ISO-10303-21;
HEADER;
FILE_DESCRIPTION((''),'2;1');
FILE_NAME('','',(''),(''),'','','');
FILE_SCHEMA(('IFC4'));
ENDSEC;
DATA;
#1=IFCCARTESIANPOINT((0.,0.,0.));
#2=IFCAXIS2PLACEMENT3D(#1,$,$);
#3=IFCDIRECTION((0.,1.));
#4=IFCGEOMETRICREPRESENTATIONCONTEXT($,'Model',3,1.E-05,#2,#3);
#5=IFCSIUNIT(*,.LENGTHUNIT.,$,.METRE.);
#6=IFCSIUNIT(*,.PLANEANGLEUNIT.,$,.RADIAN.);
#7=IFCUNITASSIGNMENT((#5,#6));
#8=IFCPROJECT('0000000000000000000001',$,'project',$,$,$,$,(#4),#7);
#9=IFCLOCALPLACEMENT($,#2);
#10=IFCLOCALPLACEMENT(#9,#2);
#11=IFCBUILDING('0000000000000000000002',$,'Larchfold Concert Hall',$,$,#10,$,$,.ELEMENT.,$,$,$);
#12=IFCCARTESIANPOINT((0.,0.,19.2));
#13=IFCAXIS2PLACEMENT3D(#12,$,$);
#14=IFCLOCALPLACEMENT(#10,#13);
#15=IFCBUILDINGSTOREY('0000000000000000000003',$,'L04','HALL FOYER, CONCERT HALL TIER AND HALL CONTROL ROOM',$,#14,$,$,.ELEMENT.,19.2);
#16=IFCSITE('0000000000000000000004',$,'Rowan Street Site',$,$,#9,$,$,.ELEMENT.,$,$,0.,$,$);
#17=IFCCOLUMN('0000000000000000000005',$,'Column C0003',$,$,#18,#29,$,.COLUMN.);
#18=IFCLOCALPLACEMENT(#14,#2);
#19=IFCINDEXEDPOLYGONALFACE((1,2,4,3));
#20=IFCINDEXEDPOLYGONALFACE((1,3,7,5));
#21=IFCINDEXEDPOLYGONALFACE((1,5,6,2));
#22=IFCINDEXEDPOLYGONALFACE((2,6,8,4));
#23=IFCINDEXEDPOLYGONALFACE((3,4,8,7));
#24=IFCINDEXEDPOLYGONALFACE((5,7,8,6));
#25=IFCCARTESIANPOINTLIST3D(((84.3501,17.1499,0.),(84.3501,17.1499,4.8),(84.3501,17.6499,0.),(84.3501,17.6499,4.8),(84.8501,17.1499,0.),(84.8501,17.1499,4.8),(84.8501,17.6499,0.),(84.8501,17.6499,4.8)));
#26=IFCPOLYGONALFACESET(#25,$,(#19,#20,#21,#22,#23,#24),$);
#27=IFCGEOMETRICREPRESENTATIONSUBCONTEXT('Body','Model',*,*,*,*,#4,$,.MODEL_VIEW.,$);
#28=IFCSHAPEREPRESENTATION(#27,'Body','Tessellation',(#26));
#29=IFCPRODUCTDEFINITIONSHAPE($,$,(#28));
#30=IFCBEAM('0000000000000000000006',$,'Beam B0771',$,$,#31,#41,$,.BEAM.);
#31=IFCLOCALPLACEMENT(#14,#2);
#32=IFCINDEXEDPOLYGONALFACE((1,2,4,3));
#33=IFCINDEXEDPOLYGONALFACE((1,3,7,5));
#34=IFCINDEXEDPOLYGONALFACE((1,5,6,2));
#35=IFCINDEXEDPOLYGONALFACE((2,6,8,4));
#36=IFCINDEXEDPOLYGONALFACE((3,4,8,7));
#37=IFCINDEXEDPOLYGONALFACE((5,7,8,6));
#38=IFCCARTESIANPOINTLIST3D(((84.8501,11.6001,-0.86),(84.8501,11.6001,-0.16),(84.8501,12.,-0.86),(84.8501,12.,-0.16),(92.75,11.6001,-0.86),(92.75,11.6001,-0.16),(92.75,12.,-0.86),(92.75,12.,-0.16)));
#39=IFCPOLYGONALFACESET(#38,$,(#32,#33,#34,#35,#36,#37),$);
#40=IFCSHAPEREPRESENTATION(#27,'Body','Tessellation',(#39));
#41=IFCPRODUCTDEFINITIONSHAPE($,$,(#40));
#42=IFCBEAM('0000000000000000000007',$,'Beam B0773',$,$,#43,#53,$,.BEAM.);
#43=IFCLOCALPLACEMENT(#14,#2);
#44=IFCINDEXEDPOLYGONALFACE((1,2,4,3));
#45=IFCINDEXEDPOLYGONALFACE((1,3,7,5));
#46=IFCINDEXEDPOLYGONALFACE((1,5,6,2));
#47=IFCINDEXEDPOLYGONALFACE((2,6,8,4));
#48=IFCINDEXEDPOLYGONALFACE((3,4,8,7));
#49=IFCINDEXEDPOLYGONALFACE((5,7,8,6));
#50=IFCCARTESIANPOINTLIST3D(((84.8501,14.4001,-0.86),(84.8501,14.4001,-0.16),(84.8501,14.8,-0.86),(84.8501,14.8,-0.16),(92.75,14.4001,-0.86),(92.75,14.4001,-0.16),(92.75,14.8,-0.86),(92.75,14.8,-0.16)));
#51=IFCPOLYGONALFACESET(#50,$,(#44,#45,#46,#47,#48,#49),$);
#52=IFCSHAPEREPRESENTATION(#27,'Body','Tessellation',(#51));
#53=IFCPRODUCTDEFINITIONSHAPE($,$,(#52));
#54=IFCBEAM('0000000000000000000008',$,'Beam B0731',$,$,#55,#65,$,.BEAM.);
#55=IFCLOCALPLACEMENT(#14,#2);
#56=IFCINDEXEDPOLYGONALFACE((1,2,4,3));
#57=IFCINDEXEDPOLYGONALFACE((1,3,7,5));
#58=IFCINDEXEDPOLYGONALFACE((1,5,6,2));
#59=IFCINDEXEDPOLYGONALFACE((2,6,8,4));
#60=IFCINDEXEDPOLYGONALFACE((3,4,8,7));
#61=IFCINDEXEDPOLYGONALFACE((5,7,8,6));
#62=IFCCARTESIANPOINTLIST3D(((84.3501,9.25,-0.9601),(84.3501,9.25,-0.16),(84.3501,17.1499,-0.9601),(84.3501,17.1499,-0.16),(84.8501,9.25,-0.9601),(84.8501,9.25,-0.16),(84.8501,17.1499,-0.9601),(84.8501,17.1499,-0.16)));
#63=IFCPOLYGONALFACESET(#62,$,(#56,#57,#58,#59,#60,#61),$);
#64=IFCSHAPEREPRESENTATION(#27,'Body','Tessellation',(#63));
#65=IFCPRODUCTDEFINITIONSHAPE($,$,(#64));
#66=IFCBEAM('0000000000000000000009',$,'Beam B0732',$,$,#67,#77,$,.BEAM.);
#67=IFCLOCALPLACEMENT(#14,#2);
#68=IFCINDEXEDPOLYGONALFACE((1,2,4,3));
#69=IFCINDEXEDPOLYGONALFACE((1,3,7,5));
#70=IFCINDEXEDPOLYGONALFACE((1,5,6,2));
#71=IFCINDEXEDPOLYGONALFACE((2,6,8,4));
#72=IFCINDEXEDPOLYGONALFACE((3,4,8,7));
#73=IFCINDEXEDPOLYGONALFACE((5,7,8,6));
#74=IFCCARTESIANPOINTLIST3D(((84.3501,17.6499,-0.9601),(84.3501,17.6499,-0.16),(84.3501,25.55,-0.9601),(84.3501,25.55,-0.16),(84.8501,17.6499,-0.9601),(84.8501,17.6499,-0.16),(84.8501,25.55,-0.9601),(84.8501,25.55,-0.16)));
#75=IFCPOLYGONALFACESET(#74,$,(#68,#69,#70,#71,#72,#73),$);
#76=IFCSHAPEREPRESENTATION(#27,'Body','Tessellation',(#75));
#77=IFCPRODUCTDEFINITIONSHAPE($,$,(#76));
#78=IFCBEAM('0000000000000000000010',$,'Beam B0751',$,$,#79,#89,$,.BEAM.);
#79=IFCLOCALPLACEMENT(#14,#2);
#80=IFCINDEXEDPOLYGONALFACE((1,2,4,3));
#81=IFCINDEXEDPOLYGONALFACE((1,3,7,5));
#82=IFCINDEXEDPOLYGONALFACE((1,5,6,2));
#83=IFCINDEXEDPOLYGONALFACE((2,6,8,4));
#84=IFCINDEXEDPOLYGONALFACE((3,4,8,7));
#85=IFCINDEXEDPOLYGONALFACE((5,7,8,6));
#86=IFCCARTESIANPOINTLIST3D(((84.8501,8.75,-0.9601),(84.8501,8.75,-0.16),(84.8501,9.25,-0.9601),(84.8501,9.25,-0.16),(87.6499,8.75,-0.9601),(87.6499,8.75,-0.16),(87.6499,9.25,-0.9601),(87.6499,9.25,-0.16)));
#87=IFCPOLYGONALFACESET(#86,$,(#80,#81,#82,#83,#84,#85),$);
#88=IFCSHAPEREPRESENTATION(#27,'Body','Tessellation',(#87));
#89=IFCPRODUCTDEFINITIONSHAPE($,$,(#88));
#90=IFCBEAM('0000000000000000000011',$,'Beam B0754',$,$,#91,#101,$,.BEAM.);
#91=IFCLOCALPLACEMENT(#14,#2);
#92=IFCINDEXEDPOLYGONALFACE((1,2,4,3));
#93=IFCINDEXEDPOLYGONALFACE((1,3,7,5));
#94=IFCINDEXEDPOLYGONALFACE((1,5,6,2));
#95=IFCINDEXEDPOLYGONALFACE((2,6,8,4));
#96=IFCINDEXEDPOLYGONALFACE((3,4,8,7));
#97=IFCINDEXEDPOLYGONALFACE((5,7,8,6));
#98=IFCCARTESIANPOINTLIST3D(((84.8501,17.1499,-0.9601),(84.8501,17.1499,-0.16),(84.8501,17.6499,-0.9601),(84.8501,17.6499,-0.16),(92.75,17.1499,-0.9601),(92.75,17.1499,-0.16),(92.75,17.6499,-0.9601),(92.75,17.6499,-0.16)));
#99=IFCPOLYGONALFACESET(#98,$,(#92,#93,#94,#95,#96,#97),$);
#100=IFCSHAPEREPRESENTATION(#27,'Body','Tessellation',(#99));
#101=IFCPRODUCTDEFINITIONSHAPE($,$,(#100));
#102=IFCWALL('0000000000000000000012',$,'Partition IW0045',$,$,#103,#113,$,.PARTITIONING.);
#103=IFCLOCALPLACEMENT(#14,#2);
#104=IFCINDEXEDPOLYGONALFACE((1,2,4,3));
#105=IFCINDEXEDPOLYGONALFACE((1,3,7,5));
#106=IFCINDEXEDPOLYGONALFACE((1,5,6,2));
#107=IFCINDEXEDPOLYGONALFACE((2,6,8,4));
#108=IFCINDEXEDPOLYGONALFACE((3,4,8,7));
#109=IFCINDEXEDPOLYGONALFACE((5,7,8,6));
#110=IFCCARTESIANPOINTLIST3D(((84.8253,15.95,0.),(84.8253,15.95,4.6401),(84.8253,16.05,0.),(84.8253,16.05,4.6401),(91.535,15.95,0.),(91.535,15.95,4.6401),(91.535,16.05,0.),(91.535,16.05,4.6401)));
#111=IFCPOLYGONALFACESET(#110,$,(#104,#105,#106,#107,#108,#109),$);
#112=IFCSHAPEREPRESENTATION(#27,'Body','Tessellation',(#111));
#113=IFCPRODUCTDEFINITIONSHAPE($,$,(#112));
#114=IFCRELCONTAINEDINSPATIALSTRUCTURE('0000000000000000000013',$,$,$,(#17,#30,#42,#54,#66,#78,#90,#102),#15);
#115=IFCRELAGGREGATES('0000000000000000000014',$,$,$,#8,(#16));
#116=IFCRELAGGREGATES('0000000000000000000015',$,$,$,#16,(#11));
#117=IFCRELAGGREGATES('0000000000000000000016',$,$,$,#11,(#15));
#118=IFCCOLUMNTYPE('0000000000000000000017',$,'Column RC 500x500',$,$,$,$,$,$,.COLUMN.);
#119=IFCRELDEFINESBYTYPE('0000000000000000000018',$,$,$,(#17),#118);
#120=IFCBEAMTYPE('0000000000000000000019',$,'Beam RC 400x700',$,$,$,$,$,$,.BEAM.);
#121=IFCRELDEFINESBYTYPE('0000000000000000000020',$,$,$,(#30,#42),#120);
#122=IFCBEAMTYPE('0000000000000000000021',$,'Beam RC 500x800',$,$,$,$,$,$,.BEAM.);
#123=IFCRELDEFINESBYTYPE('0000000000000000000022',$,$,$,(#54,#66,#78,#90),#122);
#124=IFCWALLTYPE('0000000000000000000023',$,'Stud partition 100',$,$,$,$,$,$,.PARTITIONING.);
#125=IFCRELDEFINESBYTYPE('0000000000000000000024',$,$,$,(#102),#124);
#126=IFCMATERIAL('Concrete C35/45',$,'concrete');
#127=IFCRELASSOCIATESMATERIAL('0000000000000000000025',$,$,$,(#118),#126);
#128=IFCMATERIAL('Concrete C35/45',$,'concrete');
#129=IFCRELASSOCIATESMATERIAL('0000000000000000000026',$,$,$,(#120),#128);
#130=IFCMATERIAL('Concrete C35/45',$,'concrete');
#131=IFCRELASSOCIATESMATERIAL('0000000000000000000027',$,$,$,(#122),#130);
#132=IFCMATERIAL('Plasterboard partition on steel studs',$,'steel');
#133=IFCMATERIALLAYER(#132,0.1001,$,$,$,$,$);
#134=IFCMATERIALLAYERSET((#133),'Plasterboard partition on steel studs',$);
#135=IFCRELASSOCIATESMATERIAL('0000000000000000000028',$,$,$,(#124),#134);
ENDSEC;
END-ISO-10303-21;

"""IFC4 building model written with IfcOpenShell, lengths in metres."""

from ifc_helpers import new_model, si_unit, direction, frame, frame_2d, origin, origin_2d, place, context, subcontext, project, spatial, rectangle, extrude, material, layer, layer_set, material_profile, profile_set, type_object, element, save


model = new_model("IFC4")

# Units and contexts
model_context = context("Model", 3, precision=1e-05, world=origin(), true_north=direction((0.0, 1.0)))
body_context = subcontext(model_context, "Body", "Model", "MODEL_VIEW")
ifc_project = project(units=[si_unit("LENGTHUNIT", "METRE"), si_unit("PLANEANGLEUNIT", "RADIAN")], contexts=[model_context])

# Site, building, storey
site_placement = place(None, origin())
site = spatial("IfcSite", under=ifc_project, at=site_placement, Name="Rowan Street Site", CompositionType="ELEMENT", RefElevation=0.0)
building_placement = place(site_placement, origin())
building = spatial("IfcBuilding", under=site, at=building_placement, Name="Larchfold Concert Hall", CompositionType="ELEMENT")
storey_placement = place(building_placement, frame((0.0, 0.0, 19.2)))
storey = spatial("IfcBuildingStorey", under=building, at=storey_placement, Name="L04", Description="HALL FOYER, CONCERT HALL TIER AND HALL CONTROL ROOM", CompositionType="ELEMENT", Elevation=19.2)

# Column
ifc_material_1 = material(Name="Concrete C35/45", Category="concrete")
ifc_material_profile_1 = material_profile(ifc_material_1, rectangle(XDim=0.5, YDim=0.5, at=origin_2d()))
ifc_profile_set_1 = profile_set([ifc_material_profile_1], Name="Concrete C35/45")
column_type = type_object("IfcColumnType", Name="Column RC 500x500", PredefinedType="COLUMN", material=ifc_profile_set_1)
column_placement = place(storey_placement, frame((84.6001, 17.3999, 0.0), z_axis=(0.0, 0.0, 1.0), x_axis=(1.0, 0.0, 0.0)))
element("IfcColumn", 1, at=column_placement, inside=storey, type_object=column_type, Name="Column C0003", PredefinedType="COLUMN", context=body_context, shape_type="SweptSolid", body=[
    extrude(rectangle(XDim=0.5, YDim=0.5, at=origin_2d()), origin(), (0.0, 0.0, 1.0), 4.8),
])

# Beams
ifc_material_2 = material(Name="Concrete C35/45", Category="concrete")
ifc_material_profile_2 = material_profile(ifc_material_2, rectangle(XDim=0.3999, YDim=0.7, at=origin_2d()))
ifc_profile_set_2 = profile_set([ifc_material_profile_2], Name="Concrete C35/45")
beam_type_1 = type_object("IfcBeamType", Name="Beam RC 400x700", PredefinedType="BEAM", material=ifc_profile_set_2)
for number, where, z_axis, x_axis, name in (
    (2, (84.8501, 11.8, -0.51), (1.0, 0.0, 0.0), (0.0, 1.0, 0.0), "Beam B0771"),
    (3, (84.8501, 14.6001, -0.51), (1.0, 0.0, 0.0), (0.0, 1.0, 0.0), "Beam B0773"),
):
    element("IfcBeam", number, at=place(storey_placement, frame(where, z_axis=z_axis, x_axis=x_axis)), inside=storey, type_object=beam_type_1, Name=name, PredefinedType="BEAM", context=body_context, shape_type="SweptSolid", body=[
        extrude(rectangle(XDim=0.3999, YDim=0.7, at=origin_2d()), origin(), (0.0, 0.0, 1.0), 7.8999),
    ])
ifc_material_3 = material(Name="Concrete C35/45", Category="concrete")
ifc_material_profile_3 = material_profile(ifc_material_3, rectangle(XDim=0.5, YDim=0.8, at=origin_2d()))
ifc_profile_set_3 = profile_set([ifc_material_profile_3], Name="Concrete C35/45")
beam_type_2 = type_object("IfcBeamType", Name="Beam RC 500x800", PredefinedType="BEAM", material=ifc_profile_set_3)
beam_1_placement = place(storey_placement, frame((84.6001, 9.25, -0.5601), z_axis=(0.0, 1.0, 0.0), x_axis=(-1.0, 0.0, 0.0)))
element("IfcBeam", 4, at=beam_1_placement, inside=storey, type_object=beam_type_2, Name="Beam B0731", PredefinedType="BEAM", context=body_context, shape_type="SweptSolid", body=[
    extrude(rectangle(XDim=0.5, YDim=0.8, at=origin_2d()), origin(), (0.0, 0.0, 1.0), 7.8999),
])
beam_2_placement = place(storey_placement, frame((84.6001, 17.6499, -0.5601), z_axis=(0.0, 1.0, 0.0), x_axis=(-1.0, 0.0, 0.0)))
element("IfcBeam", 5, at=beam_2_placement, inside=storey, type_object=beam_type_2, Name="Beam B0732", PredefinedType="BEAM", context=body_context, shape_type="SweptSolid", body=[
    extrude(rectangle(XDim=0.5, YDim=0.8, at=origin_2d()), origin(), (0.0, 0.0, 1.0), 7.9001),
])
beam_3_placement = place(storey_placement, frame((84.8501, 9.0, -0.5601), z_axis=(1.0, 0.0, 0.0), x_axis=(0.0, 1.0, 0.0)))
element("IfcBeam", 6, at=beam_3_placement, inside=storey, type_object=beam_type_2, Name="Beam B0751", PredefinedType="BEAM", context=body_context, shape_type="SweptSolid", body=[
    extrude(rectangle(XDim=0.5, YDim=0.8, at=origin_2d()), origin(), (0.0, 0.0, 1.0), 2.7998),
])
beam_4_placement = place(storey_placement, frame((84.8501, 17.3999, -0.5601), z_axis=(1.0, 0.0, 0.0), x_axis=(0.0, 1.0, 0.0)))
element("IfcBeam", 7, at=beam_4_placement, inside=storey, type_object=beam_type_2, Name="Beam B0754", PredefinedType="BEAM", context=body_context, shape_type="SweptSolid", body=[
    extrude(rectangle(XDim=0.5, YDim=0.8, at=origin_2d()), origin(), (0.0, 0.0, 1.0), 7.8999),
])

# Wall
ifc_material_4 = material(Name="Plasterboard partition on steel studs", Category="steel")
ifc_layer_1 = layer(ifc_material_4, 0.1001)
ifc_layer_set_1 = layer_set([ifc_layer_1], Name="Plasterboard partition on steel studs")
wall_type_1 = type_object("IfcWallType", Name="Stud partition 100", PredefinedType="PARTITIONING", material=ifc_layer_set_1)
wall_1_placement = place(storey_placement, frame((84.8252, 16.0, 0.0), z_axis=(0.0, 0.0, 1.0), x_axis=(1.0, 0.0, 0.0)))
element("IfcWall", 8, at=wall_1_placement, inside=storey, type_object=wall_type_1, Name="Partition IW0045", PredefinedType="PARTITIONING", context=body_context, shape_type="SweptSolid", body=[
    extrude(rectangle(XDim=6.7097, YDim=0.1001, at=frame_2d((3.355, 0.0))), origin(), (0.0, 0.0, 1.0), 4.6401),
])

save(model, "model.ifc")
